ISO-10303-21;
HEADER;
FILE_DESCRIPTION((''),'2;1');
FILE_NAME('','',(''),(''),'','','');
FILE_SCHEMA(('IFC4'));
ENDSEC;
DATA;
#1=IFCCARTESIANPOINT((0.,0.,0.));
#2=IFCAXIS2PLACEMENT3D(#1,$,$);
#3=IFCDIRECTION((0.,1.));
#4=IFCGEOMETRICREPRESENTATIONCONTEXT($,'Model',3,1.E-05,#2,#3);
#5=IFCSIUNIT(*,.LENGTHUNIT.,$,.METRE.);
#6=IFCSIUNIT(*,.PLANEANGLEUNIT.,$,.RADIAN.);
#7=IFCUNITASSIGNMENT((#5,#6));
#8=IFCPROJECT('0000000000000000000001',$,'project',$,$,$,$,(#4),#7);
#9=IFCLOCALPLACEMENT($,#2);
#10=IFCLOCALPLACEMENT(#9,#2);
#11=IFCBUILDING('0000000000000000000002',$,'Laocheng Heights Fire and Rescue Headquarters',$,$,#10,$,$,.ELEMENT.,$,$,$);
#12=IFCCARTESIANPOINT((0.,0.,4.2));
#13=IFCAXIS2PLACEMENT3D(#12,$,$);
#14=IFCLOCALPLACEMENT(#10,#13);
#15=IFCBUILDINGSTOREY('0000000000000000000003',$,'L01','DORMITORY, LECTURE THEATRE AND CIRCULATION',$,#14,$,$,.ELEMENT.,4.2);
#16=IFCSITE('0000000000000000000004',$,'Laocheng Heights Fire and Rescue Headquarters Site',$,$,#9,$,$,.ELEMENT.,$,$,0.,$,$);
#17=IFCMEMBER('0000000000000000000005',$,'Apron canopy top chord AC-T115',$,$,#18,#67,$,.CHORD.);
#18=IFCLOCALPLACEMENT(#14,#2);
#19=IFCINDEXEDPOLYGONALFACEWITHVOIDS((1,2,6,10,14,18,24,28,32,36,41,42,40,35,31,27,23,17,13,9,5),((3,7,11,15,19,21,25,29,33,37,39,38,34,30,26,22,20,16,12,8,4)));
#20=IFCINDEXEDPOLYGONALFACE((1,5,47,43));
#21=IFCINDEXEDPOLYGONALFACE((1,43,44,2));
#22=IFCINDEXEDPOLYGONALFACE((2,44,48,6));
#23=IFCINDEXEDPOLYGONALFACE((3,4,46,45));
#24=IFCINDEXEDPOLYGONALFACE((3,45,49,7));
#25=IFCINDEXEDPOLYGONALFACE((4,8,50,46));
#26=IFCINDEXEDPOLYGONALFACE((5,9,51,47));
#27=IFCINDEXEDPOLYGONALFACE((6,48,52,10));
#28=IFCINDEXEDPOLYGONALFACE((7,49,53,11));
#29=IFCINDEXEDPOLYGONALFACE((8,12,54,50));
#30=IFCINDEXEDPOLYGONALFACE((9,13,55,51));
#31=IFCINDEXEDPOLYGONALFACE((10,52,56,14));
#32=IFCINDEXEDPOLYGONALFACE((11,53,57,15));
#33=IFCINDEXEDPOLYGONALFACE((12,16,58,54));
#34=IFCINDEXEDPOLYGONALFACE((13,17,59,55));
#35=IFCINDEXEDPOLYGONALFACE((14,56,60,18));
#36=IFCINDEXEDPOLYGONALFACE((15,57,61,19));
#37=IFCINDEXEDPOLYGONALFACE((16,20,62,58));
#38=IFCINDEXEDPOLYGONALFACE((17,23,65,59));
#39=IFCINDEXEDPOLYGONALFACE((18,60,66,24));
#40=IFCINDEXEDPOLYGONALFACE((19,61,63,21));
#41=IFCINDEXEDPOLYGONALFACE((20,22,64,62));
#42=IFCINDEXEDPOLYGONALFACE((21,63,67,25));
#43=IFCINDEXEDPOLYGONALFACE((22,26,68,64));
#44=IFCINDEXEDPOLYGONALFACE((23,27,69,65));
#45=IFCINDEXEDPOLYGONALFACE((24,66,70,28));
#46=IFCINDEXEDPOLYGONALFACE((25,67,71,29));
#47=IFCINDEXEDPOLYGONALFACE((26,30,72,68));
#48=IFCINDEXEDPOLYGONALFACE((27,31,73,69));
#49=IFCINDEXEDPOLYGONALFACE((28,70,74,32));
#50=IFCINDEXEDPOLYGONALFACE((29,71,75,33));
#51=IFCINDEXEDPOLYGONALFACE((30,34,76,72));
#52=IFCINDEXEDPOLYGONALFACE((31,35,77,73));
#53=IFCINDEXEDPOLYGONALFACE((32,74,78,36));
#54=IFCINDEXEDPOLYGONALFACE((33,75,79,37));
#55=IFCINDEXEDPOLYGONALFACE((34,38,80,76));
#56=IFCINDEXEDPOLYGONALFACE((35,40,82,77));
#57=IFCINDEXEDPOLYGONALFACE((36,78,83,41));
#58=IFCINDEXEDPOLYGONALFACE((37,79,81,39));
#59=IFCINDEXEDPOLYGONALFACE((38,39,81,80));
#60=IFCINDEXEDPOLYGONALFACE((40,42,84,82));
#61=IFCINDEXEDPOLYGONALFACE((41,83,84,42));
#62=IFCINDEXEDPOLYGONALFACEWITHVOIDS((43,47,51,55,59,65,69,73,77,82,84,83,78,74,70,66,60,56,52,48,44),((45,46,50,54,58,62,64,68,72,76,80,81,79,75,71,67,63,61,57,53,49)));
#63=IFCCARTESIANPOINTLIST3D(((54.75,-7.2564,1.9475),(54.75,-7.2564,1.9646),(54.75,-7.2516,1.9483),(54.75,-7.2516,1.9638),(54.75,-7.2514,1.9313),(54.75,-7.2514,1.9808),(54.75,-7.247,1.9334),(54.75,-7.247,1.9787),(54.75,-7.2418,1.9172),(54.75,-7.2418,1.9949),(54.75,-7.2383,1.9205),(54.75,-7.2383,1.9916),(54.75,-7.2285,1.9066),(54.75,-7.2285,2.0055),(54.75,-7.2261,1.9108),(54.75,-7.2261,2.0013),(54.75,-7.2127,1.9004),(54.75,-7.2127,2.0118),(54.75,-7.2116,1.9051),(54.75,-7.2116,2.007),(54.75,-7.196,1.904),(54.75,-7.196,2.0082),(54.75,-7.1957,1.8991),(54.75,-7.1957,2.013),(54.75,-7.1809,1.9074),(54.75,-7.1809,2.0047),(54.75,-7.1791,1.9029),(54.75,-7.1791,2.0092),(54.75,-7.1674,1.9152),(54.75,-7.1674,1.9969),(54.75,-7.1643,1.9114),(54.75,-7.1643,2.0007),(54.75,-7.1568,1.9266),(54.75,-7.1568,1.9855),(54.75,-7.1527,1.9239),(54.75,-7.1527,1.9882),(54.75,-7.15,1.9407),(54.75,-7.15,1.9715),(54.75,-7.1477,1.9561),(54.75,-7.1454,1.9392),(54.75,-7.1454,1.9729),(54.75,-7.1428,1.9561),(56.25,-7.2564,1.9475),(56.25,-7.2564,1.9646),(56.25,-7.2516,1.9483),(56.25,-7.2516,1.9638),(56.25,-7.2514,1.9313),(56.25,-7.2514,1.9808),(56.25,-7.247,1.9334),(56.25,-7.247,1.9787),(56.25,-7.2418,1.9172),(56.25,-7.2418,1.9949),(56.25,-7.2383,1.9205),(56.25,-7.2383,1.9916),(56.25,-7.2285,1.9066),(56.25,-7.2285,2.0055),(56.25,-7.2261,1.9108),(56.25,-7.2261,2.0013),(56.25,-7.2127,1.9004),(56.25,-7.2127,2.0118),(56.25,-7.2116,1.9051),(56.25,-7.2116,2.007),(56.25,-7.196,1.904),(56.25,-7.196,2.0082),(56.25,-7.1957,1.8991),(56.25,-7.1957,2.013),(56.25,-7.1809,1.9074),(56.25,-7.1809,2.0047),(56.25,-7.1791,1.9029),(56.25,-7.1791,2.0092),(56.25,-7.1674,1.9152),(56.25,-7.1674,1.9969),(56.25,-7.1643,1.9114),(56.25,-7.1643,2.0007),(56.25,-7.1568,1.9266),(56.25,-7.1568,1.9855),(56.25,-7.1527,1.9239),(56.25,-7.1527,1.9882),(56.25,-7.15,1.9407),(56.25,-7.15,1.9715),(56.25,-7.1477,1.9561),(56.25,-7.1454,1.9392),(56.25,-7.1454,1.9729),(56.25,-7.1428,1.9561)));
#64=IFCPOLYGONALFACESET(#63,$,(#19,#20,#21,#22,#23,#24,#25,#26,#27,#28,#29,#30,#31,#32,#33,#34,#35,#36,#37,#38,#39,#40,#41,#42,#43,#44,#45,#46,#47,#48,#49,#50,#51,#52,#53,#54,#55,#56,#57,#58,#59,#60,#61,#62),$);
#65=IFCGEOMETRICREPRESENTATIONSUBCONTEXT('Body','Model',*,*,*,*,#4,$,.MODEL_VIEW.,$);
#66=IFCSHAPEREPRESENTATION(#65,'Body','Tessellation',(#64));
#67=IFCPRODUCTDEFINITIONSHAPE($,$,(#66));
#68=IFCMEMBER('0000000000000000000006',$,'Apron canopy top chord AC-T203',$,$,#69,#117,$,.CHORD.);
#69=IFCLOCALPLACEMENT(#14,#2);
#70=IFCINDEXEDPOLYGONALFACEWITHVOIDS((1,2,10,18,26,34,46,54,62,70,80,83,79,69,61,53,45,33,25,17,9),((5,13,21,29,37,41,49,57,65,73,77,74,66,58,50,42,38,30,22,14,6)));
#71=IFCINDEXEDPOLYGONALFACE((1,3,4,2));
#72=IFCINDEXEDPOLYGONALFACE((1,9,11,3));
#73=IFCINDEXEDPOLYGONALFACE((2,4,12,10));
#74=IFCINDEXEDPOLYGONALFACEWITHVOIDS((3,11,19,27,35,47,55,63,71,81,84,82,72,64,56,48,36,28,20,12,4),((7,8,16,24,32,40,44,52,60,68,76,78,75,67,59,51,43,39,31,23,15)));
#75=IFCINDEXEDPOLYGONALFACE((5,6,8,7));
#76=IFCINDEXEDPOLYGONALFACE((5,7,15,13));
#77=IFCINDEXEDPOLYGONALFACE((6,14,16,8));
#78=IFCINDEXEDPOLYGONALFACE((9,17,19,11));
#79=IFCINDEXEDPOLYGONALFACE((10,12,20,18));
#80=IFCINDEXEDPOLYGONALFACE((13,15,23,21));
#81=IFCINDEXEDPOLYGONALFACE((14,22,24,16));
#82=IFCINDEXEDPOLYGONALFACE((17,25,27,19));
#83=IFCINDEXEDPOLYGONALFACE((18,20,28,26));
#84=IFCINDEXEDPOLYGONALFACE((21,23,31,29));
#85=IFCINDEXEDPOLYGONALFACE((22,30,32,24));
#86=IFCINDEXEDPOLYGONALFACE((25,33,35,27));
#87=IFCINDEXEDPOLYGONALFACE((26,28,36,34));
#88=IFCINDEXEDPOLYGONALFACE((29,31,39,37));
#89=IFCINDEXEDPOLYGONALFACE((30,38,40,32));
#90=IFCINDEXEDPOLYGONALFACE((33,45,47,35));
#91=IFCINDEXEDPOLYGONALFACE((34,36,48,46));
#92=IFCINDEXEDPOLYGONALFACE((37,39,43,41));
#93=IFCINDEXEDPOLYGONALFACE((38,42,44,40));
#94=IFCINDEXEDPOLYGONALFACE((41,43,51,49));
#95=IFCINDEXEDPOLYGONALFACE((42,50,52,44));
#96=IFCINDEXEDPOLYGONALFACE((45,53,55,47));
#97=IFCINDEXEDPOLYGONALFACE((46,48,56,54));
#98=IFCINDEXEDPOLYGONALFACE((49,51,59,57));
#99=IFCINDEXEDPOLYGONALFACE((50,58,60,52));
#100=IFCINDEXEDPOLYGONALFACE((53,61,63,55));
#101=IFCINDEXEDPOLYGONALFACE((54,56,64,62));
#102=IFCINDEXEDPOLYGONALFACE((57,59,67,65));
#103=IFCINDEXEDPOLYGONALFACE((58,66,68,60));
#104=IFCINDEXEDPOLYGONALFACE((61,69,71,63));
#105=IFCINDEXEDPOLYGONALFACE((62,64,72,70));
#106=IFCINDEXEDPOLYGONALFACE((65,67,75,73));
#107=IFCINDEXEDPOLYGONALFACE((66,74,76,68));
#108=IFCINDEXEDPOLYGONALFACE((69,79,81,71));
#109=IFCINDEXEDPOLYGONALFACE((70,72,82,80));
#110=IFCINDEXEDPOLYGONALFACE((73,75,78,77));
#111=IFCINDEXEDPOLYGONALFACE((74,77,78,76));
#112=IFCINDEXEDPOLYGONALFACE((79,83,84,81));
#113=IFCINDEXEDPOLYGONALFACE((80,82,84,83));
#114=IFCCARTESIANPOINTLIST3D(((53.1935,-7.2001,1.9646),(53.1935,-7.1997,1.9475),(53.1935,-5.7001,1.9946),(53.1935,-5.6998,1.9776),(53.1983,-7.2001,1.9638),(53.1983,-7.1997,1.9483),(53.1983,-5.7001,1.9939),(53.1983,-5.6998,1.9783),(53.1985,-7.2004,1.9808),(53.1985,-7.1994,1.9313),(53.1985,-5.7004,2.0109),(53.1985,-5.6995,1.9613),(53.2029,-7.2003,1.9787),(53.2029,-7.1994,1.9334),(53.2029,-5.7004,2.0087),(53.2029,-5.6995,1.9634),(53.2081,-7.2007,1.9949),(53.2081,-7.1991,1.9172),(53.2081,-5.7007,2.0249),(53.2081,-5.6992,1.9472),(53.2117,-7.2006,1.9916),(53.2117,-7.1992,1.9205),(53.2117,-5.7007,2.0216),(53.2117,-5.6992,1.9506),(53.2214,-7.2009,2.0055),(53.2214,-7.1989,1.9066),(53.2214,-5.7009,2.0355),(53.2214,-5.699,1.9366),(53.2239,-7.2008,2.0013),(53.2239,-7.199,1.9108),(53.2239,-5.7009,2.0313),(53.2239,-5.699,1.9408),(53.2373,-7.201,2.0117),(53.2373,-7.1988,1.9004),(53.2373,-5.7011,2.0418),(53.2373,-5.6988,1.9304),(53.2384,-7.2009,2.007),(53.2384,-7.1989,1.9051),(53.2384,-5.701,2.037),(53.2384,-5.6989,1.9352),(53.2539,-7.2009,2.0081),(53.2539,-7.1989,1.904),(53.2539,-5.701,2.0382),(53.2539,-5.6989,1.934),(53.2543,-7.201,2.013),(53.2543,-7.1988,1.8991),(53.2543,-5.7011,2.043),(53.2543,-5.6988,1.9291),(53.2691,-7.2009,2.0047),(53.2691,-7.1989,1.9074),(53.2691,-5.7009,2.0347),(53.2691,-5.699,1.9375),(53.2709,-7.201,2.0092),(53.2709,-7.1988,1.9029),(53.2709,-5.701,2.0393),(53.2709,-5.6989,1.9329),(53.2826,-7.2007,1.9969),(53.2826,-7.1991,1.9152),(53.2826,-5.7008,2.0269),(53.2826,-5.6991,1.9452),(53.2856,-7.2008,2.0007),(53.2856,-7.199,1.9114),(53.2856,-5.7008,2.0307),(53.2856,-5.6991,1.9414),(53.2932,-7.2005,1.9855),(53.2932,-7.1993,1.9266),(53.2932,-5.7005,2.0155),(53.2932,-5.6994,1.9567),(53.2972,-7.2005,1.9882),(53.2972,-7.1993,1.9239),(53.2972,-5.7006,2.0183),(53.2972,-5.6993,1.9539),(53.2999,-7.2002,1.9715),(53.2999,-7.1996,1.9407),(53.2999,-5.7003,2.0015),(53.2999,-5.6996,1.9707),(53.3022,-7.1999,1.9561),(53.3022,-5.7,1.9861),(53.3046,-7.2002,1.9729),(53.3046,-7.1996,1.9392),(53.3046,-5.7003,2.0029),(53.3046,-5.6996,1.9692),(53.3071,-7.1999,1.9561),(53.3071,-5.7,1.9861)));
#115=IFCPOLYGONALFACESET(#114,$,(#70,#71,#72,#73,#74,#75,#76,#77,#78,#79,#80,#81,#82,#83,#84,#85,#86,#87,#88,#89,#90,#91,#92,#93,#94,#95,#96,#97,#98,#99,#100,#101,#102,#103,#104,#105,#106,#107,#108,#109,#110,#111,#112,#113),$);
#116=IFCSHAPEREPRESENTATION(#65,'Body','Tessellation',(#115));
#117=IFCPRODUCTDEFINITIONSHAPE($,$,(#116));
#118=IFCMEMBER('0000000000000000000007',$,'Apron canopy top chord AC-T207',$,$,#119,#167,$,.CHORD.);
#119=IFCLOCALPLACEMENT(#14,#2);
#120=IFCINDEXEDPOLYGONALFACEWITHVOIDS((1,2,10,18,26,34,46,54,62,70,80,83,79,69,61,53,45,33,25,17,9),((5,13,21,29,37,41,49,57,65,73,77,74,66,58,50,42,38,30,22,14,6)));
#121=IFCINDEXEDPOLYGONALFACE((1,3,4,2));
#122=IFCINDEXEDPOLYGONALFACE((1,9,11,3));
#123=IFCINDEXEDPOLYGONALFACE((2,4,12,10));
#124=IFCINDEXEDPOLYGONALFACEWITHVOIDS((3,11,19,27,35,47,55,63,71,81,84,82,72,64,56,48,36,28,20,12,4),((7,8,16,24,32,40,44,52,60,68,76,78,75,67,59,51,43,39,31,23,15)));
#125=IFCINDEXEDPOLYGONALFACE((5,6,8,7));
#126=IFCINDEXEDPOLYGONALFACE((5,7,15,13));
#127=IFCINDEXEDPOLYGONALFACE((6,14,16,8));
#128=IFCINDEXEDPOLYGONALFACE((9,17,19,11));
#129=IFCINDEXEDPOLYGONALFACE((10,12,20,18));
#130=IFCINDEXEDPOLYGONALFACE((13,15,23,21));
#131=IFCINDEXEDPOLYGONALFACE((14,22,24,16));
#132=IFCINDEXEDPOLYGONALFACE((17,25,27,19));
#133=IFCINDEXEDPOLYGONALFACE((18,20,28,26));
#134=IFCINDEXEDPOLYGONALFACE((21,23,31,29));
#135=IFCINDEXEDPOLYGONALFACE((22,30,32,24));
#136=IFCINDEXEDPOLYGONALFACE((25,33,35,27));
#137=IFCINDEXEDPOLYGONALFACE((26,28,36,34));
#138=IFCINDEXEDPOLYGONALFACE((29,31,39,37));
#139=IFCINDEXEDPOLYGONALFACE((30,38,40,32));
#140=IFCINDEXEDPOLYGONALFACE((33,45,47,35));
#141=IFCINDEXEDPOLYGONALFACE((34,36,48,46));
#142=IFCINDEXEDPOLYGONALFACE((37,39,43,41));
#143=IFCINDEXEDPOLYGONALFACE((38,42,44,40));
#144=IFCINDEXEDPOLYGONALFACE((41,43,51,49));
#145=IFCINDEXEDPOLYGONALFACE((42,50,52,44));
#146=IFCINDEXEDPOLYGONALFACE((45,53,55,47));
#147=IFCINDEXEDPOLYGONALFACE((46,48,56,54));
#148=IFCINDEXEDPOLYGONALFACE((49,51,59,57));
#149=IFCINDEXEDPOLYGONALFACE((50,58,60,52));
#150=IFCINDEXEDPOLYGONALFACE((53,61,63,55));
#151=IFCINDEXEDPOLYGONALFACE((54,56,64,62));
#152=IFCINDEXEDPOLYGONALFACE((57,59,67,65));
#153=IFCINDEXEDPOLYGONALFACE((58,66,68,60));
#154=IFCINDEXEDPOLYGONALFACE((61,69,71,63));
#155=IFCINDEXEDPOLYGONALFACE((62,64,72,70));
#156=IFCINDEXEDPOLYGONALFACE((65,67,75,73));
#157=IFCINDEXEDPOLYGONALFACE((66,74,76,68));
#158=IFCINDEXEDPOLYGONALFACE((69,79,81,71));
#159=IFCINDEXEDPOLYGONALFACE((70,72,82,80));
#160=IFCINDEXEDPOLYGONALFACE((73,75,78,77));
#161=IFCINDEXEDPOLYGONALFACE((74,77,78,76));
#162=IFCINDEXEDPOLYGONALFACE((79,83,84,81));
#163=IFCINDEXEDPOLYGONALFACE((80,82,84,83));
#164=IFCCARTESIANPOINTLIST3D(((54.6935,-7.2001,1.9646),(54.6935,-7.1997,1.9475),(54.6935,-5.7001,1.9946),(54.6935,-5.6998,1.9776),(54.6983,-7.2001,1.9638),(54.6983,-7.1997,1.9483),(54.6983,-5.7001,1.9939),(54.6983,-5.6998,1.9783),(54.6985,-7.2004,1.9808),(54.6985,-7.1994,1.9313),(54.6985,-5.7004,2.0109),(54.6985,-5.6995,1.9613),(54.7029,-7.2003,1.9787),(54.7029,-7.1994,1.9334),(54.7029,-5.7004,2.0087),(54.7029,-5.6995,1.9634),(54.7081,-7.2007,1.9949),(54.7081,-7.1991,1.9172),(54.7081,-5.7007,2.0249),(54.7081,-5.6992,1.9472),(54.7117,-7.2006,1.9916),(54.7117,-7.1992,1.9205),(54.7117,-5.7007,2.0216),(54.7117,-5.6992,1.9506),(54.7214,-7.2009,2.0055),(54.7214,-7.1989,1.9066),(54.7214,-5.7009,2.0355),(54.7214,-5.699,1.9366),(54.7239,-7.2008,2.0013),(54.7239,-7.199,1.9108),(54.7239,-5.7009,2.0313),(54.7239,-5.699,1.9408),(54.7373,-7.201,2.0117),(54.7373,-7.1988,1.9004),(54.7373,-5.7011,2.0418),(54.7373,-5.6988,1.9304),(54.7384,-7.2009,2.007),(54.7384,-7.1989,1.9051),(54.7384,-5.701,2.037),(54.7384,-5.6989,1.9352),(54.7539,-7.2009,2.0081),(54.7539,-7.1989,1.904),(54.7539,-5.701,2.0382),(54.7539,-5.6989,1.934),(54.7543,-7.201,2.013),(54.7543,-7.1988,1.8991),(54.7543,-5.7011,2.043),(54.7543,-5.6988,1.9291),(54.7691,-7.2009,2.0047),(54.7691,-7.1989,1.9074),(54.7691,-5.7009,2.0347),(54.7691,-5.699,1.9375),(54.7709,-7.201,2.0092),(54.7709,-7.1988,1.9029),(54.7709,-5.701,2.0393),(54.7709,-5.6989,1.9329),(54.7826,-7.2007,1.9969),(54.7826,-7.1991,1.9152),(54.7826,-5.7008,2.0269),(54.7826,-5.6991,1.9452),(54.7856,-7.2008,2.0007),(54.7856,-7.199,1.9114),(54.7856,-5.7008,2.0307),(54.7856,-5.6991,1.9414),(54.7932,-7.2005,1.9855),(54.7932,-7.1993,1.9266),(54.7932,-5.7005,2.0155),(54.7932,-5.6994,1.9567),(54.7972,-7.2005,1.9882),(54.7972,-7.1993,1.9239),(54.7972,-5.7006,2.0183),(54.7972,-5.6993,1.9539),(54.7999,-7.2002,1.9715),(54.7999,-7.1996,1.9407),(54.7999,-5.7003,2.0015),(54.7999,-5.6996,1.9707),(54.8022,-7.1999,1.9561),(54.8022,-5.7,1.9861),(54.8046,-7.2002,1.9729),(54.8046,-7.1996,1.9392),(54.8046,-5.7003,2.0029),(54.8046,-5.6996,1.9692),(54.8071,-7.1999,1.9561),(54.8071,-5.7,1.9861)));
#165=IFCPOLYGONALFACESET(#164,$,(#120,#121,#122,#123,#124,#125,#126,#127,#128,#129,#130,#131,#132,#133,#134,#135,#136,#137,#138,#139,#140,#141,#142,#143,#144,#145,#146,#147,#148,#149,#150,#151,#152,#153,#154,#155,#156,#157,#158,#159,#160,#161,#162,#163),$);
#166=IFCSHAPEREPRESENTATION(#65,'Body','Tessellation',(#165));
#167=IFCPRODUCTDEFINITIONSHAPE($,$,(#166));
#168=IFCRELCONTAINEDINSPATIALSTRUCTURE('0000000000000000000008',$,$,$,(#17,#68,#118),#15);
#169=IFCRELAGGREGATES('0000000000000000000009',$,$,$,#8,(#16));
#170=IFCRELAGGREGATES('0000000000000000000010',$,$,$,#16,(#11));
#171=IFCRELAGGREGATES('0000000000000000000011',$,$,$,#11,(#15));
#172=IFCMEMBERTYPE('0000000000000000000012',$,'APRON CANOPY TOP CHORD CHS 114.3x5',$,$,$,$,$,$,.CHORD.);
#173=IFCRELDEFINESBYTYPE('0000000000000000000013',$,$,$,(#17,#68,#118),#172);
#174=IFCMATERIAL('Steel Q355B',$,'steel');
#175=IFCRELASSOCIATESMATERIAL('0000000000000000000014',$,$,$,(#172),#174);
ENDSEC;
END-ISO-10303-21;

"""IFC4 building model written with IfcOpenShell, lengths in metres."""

from ifc_helpers import new_model, si_unit, direction, frame, origin, origin_2d, place, context, subcontext, project, spatial, hollow_circle, extrude, material, material_profile, profile_set, type_object, element, save


model = new_model("IFC4")

# Units and contexts
model_context = context("Model", 3, precision=1e-05, world=origin(), true_north=direction((0.0, 1.0)))
body_context = subcontext(model_context, "Body", "Model", "MODEL_VIEW")
ifc_project = project(units=[si_unit("LENGTHUNIT", "METRE"), si_unit("PLANEANGLEUNIT", "RADIAN")], contexts=[model_context])

# Site, building, storey
site_placement = place(None, origin())
site = spatial("IfcSite", under=ifc_project, at=site_placement, Name="Laocheng Heights Fire and Rescue Headquarters Site", CompositionType="ELEMENT", RefElevation=0.0)
building_placement = place(site_placement, origin())
building = spatial("IfcBuilding", under=site, at=building_placement, Name="Laocheng Heights Fire and Rescue Headquarters", CompositionType="ELEMENT")
storey_placement = place(building_placement, frame((0.0, 0.0, 4.2)))
storey = spatial("IfcBuildingStorey", under=building, at=storey_placement, Name="L01", Description="DORMITORY, LECTURE THEATRE AND CIRCULATION", CompositionType="ELEMENT", Elevation=4.2)

# Members
ifc_material_1 = material(Name="Steel Q355B", Category="steel")
ifc_material_profile_1 = material_profile(ifc_material_1, hollow_circle(Radius=0.0571, WallThickness=0.0049, at=origin_2d()), Name="CHS 114.3x5")
ifc_profile_set_1 = profile_set([ifc_material_profile_1], Name="Steel Q355B")
member_type_1 = type_object("IfcMemberType", Name="APRON CANOPY TOP CHORD CHS 114.3x5", PredefinedType="CHORD", material=ifc_profile_set_1)
for number, where, z_axis, x_axis, name in (
    (1, (54.75, -7.2, 1.9561), (1.0, 0.0, 0.0), (0.0, 1.0, 0.0), "Apron canopy top chord AC-T115"),
):
    element("IfcMember", number, at=place(storey_placement, frame(where, z_axis=z_axis, x_axis=x_axis)), inside=storey, type_object=member_type_1, Name=name, PredefinedType="CHORD", context=body_context, shape_type="SweptSolid", body=[
        extrude(hollow_circle(Radius=0.0571, WallThickness=0.0049, at=origin_2d()), origin(), (0.0, 0.0, 1.0), 1.5),
    ])
for number, where, z_axis, x_axis, name in (
    (2, (53.25, -5.7, 1.9861), (0.0, -0.9998, -0.020016), (1.0, 0.0, 0.0), "Apron canopy top chord AC-T203"),
    (3, (54.75, -5.7, 1.9861), (0.0, -0.9998, -0.020016), (1.0, 0.0, 0.0), "Apron canopy top chord AC-T207"),
):
    element("IfcMember", number, at=place(storey_placement, frame(where, z_axis=z_axis, x_axis=x_axis)), inside=storey, type_object=member_type_1, Name=name, PredefinedType="CHORD", context=body_context, shape_type="SweptSolid", body=[
        extrude(hollow_circle(Radius=0.0571, WallThickness=0.0049, at=origin_2d()), origin(), (0.0, 0.0, 1.0), 1.5002),
    ])

save(model, "model.ifc")
